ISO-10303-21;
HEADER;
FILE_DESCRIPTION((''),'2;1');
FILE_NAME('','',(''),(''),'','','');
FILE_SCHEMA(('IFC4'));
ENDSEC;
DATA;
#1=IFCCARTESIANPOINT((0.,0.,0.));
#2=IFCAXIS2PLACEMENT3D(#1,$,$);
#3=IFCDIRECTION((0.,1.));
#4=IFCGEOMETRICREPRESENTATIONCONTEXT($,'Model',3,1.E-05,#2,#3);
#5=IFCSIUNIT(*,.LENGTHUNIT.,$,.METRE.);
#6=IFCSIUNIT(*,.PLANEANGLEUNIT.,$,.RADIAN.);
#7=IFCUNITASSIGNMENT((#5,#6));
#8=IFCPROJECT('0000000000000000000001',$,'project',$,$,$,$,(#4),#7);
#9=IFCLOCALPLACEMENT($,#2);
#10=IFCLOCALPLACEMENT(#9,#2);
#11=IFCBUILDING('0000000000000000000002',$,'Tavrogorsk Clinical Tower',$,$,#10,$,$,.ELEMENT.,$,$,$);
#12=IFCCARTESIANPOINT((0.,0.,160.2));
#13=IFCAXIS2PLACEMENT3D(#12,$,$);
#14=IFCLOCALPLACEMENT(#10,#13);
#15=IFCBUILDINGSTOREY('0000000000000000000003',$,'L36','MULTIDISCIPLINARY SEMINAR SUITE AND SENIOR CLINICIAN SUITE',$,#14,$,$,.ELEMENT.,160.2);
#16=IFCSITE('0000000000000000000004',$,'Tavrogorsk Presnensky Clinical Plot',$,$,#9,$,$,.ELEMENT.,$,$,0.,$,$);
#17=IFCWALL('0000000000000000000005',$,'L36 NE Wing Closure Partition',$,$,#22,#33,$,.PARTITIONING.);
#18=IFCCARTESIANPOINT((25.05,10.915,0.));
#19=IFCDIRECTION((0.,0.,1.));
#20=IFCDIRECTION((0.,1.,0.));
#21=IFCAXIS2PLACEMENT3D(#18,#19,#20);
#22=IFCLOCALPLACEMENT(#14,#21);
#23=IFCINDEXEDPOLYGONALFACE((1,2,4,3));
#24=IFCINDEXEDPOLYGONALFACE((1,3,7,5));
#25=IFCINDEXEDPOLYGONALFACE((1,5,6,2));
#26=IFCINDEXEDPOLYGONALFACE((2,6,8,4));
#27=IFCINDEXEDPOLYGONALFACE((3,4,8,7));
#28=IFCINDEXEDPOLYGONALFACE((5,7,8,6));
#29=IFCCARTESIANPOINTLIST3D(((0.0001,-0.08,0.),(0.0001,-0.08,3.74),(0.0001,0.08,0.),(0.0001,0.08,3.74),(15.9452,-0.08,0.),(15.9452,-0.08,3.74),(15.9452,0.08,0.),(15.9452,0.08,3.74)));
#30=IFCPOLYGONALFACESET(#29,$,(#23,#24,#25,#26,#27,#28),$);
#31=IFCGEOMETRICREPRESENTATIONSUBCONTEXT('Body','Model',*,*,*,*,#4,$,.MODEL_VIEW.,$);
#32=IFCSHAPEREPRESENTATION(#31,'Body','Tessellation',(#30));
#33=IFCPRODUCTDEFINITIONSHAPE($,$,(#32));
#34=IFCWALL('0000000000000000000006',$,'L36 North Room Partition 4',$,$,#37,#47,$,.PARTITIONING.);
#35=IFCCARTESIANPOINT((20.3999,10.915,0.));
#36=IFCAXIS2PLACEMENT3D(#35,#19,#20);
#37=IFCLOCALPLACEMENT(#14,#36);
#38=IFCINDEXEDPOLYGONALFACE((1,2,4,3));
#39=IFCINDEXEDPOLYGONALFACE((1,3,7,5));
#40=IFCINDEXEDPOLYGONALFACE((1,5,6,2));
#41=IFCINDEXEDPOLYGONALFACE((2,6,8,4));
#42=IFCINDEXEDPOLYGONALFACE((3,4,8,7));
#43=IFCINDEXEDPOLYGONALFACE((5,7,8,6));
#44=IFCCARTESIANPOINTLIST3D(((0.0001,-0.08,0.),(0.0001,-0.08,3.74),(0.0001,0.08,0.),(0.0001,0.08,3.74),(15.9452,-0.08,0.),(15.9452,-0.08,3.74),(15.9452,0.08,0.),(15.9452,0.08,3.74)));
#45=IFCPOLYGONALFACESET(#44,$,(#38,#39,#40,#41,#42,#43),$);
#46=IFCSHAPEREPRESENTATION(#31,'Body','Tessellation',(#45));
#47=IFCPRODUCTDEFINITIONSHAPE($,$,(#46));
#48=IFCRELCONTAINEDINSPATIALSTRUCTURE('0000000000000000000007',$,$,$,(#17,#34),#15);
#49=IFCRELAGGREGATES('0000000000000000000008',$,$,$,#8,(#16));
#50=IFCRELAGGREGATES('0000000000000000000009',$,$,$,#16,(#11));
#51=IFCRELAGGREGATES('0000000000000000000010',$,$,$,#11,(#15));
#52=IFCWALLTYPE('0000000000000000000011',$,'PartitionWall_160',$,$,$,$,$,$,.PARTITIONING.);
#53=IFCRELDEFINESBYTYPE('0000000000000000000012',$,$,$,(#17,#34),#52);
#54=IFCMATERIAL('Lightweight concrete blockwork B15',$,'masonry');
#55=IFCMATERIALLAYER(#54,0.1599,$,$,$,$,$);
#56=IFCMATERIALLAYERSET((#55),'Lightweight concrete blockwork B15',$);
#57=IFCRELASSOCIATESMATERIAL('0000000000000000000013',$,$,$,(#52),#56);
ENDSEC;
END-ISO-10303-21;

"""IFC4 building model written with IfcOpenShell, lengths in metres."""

from ifc_helpers import new_model, si_unit, direction, frame, frame_2d, origin, place, context, subcontext, project, spatial, rectangle, extrude, material, layer, layer_set, type_object, element, save


model = new_model("IFC4")

# Units and contexts
model_context = context("Model", 3, precision=1e-05, world=origin(), true_north=direction((0.0, 1.0)))
body_context = subcontext(model_context, "Body", "Model", "MODEL_VIEW")
ifc_project = project(units=[si_unit("LENGTHUNIT", "METRE"), si_unit("PLANEANGLEUNIT", "RADIAN")], contexts=[model_context])

# Site, building, storey
site_placement = place(None, origin())
site = spatial("IfcSite", under=ifc_project, at=site_placement, Name="Tavrogorsk Presnensky Clinical Plot", CompositionType="ELEMENT", RefElevation=0.0)
building_placement = place(site_placement, origin())
building = spatial("IfcBuilding", under=site, at=building_placement, Name="Tavrogorsk Clinical Tower", CompositionType="ELEMENT")
storey_placement = place(building_placement, frame((0.0, 0.0, 160.2)))
storey = spatial("IfcBuildingStorey", under=building, at=storey_placement, Name="L36", Description="MULTIDISCIPLINARY SEMINAR SUITE AND SENIOR CLINICIAN SUITE", CompositionType="ELEMENT", Elevation=160.2)

# Shared definitions
ifc_material_1 = material(Name="Lightweight concrete blockwork B15", Category="masonry")
ifc_layer_1 = layer(ifc_material_1, 0.1599)
ifc_layer_set_1 = layer_set([ifc_layer_1], Name="Lightweight concrete blockwork B15")
wall_type = type_object("IfcWallType", Name="PartitionWall_160", PredefinedType="PARTITIONING", material=ifc_layer_set_1)

# Walls
for number, where, z_axis, x_axis, name in (
    (1, (25.05, 10.915, 0.0), (0.0, 0.0, 1.0), (0.0, 1.0, 0.0), "L36 NE Wing Closure Partition"),
    (2, (20.3999, 10.915, 0.0), (0.0, 0.0, 1.0), (0.0, 1.0, 0.0), "L36 North Room Partition 4"),
):
    element("IfcWall", number, at=place(storey_placement, frame(where, z_axis=z_axis, x_axis=x_axis)), inside=storey, type_object=wall_type, Name=name, PredefinedType="PARTITIONING", context=body_context, shape_type="SweptSolid", body=[
        extrude(rectangle(XDim=15.9451, YDim=0.1599, at=frame_2d((7.9727, 0.0))), origin(), (0.0, 0.0, 1.0), 3.74),
    ])

save(model, "model.ifc")
